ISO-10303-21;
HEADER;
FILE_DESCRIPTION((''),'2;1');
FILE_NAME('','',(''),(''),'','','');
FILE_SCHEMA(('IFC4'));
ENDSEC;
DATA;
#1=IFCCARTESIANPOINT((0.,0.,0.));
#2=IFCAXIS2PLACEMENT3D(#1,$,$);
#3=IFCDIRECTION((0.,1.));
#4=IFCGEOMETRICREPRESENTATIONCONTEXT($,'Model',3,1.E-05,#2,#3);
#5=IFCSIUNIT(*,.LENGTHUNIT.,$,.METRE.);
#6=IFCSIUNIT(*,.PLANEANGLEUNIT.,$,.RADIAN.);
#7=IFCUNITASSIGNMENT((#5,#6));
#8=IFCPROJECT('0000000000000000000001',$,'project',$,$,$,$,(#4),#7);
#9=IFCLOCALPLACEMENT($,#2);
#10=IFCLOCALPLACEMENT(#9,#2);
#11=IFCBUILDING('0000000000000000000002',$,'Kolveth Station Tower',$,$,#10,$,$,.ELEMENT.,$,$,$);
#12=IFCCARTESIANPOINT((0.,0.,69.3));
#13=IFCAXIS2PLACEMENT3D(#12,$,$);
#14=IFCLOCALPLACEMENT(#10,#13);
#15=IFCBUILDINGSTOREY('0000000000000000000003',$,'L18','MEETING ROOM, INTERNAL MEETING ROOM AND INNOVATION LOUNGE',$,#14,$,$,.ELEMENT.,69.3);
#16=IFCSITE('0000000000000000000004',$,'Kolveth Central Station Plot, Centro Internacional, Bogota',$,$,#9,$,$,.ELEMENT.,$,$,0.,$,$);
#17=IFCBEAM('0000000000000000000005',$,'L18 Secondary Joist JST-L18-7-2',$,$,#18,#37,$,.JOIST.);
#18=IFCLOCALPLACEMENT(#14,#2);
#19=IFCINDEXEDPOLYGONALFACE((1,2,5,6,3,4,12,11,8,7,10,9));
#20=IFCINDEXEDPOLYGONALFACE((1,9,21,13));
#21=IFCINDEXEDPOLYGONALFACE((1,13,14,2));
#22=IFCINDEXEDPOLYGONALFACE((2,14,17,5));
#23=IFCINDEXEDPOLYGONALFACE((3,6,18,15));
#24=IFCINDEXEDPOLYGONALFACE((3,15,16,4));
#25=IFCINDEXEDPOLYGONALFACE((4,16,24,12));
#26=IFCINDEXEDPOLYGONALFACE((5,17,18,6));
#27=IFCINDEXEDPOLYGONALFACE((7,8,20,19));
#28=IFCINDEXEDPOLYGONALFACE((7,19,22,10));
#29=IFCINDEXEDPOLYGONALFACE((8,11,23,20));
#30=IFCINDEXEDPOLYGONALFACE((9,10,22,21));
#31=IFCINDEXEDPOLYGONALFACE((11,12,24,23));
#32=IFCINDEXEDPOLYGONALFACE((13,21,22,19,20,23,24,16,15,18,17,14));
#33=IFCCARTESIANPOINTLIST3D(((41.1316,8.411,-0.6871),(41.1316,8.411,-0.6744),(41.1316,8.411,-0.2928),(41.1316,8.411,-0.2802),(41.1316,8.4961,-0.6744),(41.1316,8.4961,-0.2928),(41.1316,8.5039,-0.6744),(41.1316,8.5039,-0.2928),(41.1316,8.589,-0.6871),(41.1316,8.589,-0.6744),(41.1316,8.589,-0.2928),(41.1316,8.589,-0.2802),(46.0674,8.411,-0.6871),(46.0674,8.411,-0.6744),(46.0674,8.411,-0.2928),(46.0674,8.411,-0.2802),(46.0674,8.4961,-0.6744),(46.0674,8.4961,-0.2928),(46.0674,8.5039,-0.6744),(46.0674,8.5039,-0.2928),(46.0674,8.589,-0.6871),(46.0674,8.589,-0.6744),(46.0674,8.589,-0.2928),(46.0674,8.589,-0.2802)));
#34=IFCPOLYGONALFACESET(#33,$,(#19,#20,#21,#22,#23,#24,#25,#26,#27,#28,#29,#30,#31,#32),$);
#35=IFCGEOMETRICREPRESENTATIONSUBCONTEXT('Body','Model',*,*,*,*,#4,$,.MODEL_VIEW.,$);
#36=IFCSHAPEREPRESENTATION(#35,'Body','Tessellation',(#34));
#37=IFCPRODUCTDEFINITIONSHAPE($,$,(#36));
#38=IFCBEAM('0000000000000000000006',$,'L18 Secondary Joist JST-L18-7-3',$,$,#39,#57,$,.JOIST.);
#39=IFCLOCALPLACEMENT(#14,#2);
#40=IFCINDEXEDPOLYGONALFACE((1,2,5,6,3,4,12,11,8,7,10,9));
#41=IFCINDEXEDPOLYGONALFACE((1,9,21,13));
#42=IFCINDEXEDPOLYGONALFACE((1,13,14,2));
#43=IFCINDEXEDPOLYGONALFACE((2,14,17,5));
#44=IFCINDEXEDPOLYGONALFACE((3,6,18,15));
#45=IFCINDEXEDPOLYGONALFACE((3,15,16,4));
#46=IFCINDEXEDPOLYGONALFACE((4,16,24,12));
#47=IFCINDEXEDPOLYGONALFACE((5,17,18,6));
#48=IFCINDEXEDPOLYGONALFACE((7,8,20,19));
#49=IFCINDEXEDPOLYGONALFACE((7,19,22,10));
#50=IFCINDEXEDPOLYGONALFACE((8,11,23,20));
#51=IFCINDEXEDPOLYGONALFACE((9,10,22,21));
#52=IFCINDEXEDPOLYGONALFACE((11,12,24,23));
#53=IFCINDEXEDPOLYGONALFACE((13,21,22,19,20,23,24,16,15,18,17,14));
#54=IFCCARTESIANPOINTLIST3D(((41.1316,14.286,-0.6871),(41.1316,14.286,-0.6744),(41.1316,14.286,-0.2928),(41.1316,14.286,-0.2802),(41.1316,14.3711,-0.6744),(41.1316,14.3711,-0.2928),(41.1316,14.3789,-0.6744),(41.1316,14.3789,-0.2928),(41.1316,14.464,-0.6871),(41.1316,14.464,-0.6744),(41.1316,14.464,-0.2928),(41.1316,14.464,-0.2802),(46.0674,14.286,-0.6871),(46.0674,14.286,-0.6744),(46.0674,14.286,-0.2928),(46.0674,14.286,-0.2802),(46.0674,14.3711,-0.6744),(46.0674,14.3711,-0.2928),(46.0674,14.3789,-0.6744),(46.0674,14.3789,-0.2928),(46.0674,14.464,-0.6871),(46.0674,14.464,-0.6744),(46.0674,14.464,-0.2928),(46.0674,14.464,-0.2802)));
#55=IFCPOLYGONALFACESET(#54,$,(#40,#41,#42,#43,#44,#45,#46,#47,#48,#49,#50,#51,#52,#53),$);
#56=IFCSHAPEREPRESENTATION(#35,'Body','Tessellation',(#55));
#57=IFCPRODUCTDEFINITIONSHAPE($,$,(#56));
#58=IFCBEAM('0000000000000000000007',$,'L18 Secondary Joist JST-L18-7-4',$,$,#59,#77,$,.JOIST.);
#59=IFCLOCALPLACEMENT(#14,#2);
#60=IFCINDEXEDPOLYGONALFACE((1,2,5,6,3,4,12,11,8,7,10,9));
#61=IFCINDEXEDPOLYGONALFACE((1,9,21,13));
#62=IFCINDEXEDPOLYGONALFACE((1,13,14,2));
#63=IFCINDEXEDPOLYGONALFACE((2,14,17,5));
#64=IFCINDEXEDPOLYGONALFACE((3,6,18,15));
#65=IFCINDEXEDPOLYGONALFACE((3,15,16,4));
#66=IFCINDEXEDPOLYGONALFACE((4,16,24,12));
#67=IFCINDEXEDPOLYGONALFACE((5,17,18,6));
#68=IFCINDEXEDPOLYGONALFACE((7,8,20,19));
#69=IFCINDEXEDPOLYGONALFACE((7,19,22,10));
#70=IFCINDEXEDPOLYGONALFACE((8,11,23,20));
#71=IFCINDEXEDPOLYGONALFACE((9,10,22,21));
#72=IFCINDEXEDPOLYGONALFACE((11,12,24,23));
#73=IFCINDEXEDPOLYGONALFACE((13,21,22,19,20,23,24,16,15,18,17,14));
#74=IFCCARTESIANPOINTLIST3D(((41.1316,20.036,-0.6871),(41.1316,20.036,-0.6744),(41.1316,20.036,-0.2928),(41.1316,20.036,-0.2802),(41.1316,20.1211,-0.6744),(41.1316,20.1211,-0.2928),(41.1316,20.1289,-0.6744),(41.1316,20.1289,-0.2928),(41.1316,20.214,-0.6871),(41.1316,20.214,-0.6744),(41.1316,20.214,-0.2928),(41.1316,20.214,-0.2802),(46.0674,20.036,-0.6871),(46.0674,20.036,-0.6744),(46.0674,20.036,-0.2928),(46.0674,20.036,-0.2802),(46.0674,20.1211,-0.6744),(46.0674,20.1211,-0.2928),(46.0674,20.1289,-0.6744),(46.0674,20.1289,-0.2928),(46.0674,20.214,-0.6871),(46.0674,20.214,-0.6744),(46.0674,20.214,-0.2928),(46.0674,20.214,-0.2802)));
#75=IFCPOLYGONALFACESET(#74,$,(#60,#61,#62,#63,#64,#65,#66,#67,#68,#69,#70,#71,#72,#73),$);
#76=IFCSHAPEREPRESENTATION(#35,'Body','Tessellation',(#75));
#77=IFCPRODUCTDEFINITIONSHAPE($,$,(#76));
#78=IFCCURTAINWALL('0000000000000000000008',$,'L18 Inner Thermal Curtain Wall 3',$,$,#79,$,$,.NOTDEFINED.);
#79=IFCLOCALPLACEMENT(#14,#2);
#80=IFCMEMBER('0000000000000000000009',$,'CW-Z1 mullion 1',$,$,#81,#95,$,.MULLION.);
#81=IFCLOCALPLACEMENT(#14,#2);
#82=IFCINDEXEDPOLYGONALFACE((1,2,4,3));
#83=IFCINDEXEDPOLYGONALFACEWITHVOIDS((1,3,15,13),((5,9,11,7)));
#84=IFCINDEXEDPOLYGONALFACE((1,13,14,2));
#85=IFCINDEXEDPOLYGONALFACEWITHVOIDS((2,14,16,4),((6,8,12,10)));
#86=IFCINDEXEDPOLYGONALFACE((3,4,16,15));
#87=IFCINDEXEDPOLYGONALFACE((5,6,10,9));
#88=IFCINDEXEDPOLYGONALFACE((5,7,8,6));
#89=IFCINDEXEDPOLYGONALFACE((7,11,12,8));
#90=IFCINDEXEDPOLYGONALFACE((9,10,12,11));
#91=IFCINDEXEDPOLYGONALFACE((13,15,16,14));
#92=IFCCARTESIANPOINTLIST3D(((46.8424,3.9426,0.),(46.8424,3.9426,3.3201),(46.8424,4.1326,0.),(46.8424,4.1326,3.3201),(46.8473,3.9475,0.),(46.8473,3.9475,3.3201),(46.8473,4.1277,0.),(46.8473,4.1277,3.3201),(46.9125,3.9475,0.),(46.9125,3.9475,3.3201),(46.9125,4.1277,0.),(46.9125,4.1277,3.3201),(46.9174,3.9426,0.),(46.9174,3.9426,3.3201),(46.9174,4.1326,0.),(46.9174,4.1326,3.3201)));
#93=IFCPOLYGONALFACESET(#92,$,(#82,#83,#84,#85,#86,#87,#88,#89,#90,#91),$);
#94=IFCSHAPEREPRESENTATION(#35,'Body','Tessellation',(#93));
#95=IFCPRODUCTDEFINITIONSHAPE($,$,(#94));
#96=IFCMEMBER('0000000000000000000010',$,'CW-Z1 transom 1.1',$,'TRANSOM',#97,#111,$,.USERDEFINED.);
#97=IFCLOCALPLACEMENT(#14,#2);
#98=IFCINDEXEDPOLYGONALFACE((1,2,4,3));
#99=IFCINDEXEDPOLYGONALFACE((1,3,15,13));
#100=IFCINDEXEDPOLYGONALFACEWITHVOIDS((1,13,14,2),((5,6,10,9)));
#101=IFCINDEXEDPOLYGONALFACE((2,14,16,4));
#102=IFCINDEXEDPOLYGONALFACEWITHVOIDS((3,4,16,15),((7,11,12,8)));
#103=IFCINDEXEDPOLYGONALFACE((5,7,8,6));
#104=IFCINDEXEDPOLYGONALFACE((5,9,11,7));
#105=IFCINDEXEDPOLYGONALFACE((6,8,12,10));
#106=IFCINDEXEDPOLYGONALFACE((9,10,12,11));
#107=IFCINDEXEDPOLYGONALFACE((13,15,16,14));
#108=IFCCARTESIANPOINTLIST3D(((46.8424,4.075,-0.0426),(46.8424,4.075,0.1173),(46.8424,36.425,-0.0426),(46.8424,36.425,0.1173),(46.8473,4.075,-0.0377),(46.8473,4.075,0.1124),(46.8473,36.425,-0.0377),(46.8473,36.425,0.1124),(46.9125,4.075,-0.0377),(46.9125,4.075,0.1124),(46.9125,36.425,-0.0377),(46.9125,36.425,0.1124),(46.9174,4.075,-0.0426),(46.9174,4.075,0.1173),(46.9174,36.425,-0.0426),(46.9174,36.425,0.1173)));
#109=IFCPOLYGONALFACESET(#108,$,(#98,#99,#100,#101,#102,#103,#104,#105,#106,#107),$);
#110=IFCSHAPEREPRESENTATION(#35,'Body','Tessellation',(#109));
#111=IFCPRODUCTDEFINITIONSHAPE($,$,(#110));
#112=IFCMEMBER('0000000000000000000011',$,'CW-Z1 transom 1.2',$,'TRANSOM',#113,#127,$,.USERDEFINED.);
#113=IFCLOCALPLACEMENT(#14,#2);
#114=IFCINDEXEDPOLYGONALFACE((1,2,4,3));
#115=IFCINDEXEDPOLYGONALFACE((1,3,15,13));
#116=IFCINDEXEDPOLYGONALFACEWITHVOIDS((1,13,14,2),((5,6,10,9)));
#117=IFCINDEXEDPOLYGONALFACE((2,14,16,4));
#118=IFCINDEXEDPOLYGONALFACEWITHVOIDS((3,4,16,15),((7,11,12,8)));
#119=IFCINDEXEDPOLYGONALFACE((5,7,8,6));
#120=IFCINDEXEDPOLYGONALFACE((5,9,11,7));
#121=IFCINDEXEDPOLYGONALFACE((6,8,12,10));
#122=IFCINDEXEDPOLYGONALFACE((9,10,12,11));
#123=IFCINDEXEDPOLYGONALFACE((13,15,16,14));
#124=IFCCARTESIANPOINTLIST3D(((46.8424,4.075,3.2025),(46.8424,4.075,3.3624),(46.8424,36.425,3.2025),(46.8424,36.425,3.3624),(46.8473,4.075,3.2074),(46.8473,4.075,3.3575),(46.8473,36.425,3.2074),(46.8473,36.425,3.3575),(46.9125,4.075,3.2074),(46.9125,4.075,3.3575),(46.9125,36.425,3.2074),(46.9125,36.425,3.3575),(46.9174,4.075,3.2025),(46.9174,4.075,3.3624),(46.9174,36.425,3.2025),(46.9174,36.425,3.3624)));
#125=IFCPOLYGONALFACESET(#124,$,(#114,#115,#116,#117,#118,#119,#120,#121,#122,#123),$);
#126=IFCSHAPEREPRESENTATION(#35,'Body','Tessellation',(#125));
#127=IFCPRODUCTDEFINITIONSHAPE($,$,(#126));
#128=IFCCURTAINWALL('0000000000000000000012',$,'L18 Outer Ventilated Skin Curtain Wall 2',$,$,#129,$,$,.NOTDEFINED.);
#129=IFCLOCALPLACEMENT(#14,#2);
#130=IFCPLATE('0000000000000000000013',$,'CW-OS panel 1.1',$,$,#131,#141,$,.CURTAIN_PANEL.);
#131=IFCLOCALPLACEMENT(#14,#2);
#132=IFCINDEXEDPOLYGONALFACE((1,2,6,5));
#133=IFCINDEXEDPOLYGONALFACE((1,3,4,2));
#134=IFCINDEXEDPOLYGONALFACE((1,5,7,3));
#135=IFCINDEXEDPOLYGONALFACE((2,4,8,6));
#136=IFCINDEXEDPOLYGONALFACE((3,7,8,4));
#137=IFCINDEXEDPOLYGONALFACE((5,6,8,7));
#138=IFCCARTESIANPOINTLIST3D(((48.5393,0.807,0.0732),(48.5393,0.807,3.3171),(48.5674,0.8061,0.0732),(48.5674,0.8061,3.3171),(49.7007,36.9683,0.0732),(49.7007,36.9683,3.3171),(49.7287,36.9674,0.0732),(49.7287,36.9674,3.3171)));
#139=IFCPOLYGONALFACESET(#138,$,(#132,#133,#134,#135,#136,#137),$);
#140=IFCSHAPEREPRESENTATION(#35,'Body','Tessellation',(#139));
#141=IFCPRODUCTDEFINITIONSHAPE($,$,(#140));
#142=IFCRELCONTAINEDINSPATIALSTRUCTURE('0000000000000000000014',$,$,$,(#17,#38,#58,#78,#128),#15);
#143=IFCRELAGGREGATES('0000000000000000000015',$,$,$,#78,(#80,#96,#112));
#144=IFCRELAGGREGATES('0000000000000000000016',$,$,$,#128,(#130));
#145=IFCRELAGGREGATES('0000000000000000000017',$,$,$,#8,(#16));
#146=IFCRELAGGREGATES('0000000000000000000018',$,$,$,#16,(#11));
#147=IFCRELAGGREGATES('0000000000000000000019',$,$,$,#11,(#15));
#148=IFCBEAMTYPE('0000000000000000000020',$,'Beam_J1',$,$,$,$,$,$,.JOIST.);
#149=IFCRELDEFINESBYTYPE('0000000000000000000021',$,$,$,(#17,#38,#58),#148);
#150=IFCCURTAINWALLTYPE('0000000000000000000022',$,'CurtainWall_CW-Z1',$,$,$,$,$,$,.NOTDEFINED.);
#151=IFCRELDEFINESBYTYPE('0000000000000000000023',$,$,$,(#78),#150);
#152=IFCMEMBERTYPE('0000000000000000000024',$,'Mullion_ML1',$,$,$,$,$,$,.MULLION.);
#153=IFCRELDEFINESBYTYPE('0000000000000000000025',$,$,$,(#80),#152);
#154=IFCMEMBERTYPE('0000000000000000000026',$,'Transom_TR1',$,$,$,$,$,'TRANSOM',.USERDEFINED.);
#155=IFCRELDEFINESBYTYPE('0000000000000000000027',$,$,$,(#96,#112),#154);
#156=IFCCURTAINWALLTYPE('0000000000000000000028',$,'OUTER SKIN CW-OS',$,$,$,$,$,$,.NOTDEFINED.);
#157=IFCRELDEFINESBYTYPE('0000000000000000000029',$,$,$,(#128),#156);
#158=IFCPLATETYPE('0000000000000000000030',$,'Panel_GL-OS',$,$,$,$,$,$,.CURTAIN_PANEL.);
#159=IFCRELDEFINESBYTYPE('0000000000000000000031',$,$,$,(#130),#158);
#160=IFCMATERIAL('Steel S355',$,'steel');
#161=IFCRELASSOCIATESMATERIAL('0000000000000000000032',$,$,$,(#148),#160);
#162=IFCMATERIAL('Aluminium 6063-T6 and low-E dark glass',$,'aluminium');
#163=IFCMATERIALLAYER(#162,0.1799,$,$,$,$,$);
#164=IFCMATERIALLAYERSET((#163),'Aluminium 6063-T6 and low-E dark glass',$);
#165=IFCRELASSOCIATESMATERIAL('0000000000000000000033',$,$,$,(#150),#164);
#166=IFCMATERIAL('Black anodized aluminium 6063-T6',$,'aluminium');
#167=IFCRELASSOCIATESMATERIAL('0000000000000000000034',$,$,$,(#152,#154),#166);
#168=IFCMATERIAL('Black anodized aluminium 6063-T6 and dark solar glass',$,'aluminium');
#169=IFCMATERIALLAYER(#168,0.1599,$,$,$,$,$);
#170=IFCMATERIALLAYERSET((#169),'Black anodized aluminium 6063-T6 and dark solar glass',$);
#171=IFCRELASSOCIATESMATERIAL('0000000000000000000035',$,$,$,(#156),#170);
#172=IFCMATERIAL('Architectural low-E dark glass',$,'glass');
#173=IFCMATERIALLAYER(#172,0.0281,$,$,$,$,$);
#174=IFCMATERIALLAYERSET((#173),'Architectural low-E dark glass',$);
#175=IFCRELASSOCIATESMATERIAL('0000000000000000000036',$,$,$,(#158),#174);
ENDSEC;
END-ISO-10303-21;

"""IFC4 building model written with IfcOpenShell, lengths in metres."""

from ifc_helpers import new_model, si_unit, direction, frame, origin, origin_2d, place, context, subcontext, project, spatial, rectangle, hollow_rectangle, i_section, extrude, source, transform, mapped, material, layer, layer_set, material_profile, profile_set, type_object, element, aggregate, save


model = new_model("IFC4")

# Units and contexts
model_context = context("Model", 3, precision=1e-05, world=origin(), true_north=direction((0.0, 1.0)))
body_context = subcontext(model_context, "Body", "Model", "MODEL_VIEW")
ifc_project = project(units=[si_unit("LENGTHUNIT", "METRE"), si_unit("PLANEANGLEUNIT", "RADIAN")], contexts=[model_context])

# Site, building, storey
site_placement = place(None, origin())
site = spatial("IfcSite", under=ifc_project, at=site_placement, Name="Kolveth Central Station Plot, Centro Internacional, Bogota", CompositionType="ELEMENT", RefElevation=0.0)
building_placement = place(site_placement, origin())
building = spatial("IfcBuilding", under=site, at=building_placement, Name="Kolveth Station Tower", CompositionType="ELEMENT")
storey_placement = place(building_placement, frame((0.0, 0.0, 69.3)))
storey = spatial("IfcBuildingStorey", under=building, at=storey_placement, Name="L18", Description="MEETING ROOM, INTERNAL MEETING ROOM AND INNOVATION LOUNGE", CompositionType="ELEMENT", Elevation=69.3)

# Shared definitions
ifc_material_1 = material(Name="Steel S355", Category="steel")

# Beams
ifc_material_profile_1 = material_profile(ifc_material_1, i_section(OverallWidth=0.178, OverallDepth=0.407, WebThickness=0.0078, FlangeThickness=0.0127, at=origin_2d()), Name="W410x60")
ifc_profile_set_1 = profile_set([ifc_material_profile_1], Name="Steel S355")
beam_type_1 = type_object("IfcBeamType", Name="Beam_J1", PredefinedType="JOIST", material=ifc_profile_set_1)
shared_shape_1 = source(origin(), body_context, "Body", "SweptSolid", [
    extrude(i_section(OverallWidth=0.178, OverallDepth=0.407, WebThickness=0.0078, FlangeThickness=0.0127, at=origin_2d()), origin(), (0.0, 0.0, 1.0), 4.9358),
])
for number, where, z_axis, x_axis, name in (
    (1, (41.1316, 8.5, -0.4836), (1.0, 0.0, 0.0), (0.0, 1.0, 0.0), "L18 Secondary Joist JST-L18-7-2"),
    (2, (41.1316, 14.375, -0.4836), (1.0, 0.0, 0.0), (0.0, 1.0, 0.0), "L18 Secondary Joist JST-L18-7-3"),
    (3, (41.1316, 20.125, -0.4836), (1.0, 0.0, 0.0), (0.0, 1.0, 0.0), "L18 Secondary Joist JST-L18-7-4"),
):
    element("IfcBeam", number, at=place(storey_placement, frame(where, z_axis=z_axis, x_axis=x_axis)), inside=storey, type_object=beam_type_1, Name=name, PredefinedType="JOIST", context=body_context, shape_type="MappedRepresentation", body=[
        mapped(shared_shape_1, transform((0.0, 0.0, 0.0), x_axis=(1.0, 0.0, 0.0), y_axis=(0.0, 1.0, 0.0), z_axis=(0.0, 0.0, 1.0), scale=1.0)),
    ])

# Curtain wall, members
ifc_material_2 = material(Name="Aluminium 6063-T6 and low-E dark glass", Category="aluminium")
ifc_layer_1 = layer(ifc_material_2, 0.1799)
ifc_layer_set_1 = layer_set([ifc_layer_1], Name="Aluminium 6063-T6 and low-E dark glass")
curtain_wall_type_1 = type_object("IfcCurtainWallType", Name="CurtainWall_CW-Z1", PredefinedType="NOTDEFINED", material=ifc_layer_set_1)
curtain_wall_1_placement = place(storey_placement, origin())
curtain_wall_1 = element("IfcCurtainWall", 4, at=curtain_wall_1_placement, inside=storey, type_object=curtain_wall_type_1, Name="L18 Inner Thermal Curtain Wall 3", PredefinedType="NOTDEFINED")
ifc_material_3 = material(Name="Black anodized aluminium 6063-T6", Category="aluminium")
ifc_material_profile_2 = material_profile(ifc_material_3, hollow_rectangle(XDim=0.075, YDim=0.1899, WallThickness=0.0049, at=origin_2d()), Name="ALU-75x190x5")
ifc_profile_set_2 = profile_set([ifc_material_profile_2], Name="Black anodized aluminium 6063-T6")
member_type_1 = type_object("IfcMemberType", Name="Mullion_ML1", PredefinedType="MULLION", material=ifc_profile_set_2)
shared_shape_2 = source(origin(), body_context, "Body", "SweptSolid", [
    extrude(hollow_rectangle(XDim=0.075, YDim=0.1899, WallThickness=0.0049, at=origin_2d()), origin(), (0.0, 0.0, 1.0), 3.3201),
])
member_1_placement = place(storey_placement, frame((46.8799, 4.0376, 0.0), z_axis=(0.0, 0.0, 1.0), x_axis=(-1.0, 0.0, 0.0)))
member_1 = element("IfcMember", 5, at=member_1_placement, type_object=member_type_1, Name="CW-Z1 mullion 1", PredefinedType="MULLION", context=body_context, shape_type="MappedRepresentation", body=[
    mapped(shared_shape_2, transform((0.0, 0.0, 0.0), x_axis=(1.0, 0.0, 0.0), y_axis=(0.0, 1.0, 0.0), z_axis=(0.0, 0.0, 1.0), scale=1.0)),
])
ifc_material_profile_3 = material_profile(ifc_material_3, hollow_rectangle(XDim=0.075, YDim=0.1599, WallThickness=0.0049, at=origin_2d()), Name="ALU-75x160x5")
ifc_profile_set_3 = profile_set([ifc_material_profile_3], Name="Black anodized aluminium 6063-T6")
member_type_2 = type_object("IfcMemberType", Name="Transom_TR1", ElementType="TRANSOM", PredefinedType="USERDEFINED", material=ifc_profile_set_3)
shared_shape_3 = source(origin(), body_context, "Body", "SweptSolid", [
    extrude(hollow_rectangle(XDim=0.075, YDim=0.1599, WallThickness=0.0049, at=origin_2d()), origin(), (0.0, 0.0, 1.0), 32.3501),
])
member_2_placement = place(storey_placement, frame((46.8799, 4.075, 0.0374), z_axis=(0.0, 1.0, 0.0), x_axis=(-1.0, 0.0, 0.0)))
member_2 = element("IfcMember", 6, at=member_2_placement, type_object=member_type_2, Name="CW-Z1 transom 1.1", ObjectType="TRANSOM", PredefinedType="USERDEFINED", context=body_context, shape_type="MappedRepresentation", body=[
    mapped(shared_shape_3, transform((0.0, 0.0, 0.0), x_axis=(1.0, 0.0, 0.0), y_axis=(0.0, 1.0, 0.0), z_axis=(0.0, 0.0, 1.0), scale=1.0)),
])
member_3_placement = place(storey_placement, frame((46.8799, 4.075, 3.2825), z_axis=(0.0, 1.0, 0.0), x_axis=(-1.0, 0.0, 0.0)))
member_3 = element("IfcMember", 7, at=member_3_placement, type_object=member_type_2, Name="CW-Z1 transom 1.2", ObjectType="TRANSOM", PredefinedType="USERDEFINED", context=body_context, shape_type="MappedRepresentation", body=[
    mapped(shared_shape_3, transform((0.0, 0.0, 0.0), x_axis=(1.0, 0.0, 0.0), y_axis=(0.0, 1.0, 0.0), z_axis=(0.0, 0.0, 1.0), scale=1.0)),
])
aggregate(curtain_wall_1, [member_1, member_2, member_3])

# Curtain wall, plate
ifc_material_4 = material(Name="Black anodized aluminium 6063-T6 and dark solar glass", Category="aluminium")
ifc_layer_2 = layer(ifc_material_4, 0.1599)
ifc_layer_set_2 = layer_set([ifc_layer_2], Name="Black anodized aluminium 6063-T6 and dark solar glass")
curtain_wall_type_2 = type_object("IfcCurtainWallType", Name="OUTER SKIN CW-OS", PredefinedType="NOTDEFINED", material=ifc_layer_set_2)
curtain_wall_2_placement = place(storey_placement, origin())
curtain_wall_2 = element("IfcCurtainWall", 8, at=curtain_wall_2_placement, inside=storey, type_object=curtain_wall_type_2, Name="L18 Outer Ventilated Skin Curtain Wall 2", PredefinedType="NOTDEFINED")
ifc_material_5 = material(Name="Architectural low-E dark glass", Category="glass")
ifc_layer_3 = layer(ifc_material_5, 0.0281)
ifc_layer_set_3 = layer_set([ifc_layer_3], Name="Architectural low-E dark glass")
plate_type = type_object("IfcPlateType", Name="Panel_GL-OS", PredefinedType="CURTAIN_PANEL", material=ifc_layer_set_3)
shared_shape_4 = source(origin(), body_context, "Body", "SweptSolid", [
    extrude(rectangle(XDim=36.1799, YDim=0.0281, at=origin_2d()), origin(), (0.0, 0.0, 1.0), 3.2439),
])
plate_placement = place(storey_placement, frame((49.134, 18.8872, 0.0732), z_axis=(0.0, 0.0, 1.0), x_axis=(0.0321, 0.999485, 0.0)))
plate = element("IfcPlate", 9, at=plate_placement, type_object=plate_type, Name="CW-OS panel 1.1", PredefinedType="CURTAIN_PANEL", context=body_context, shape_type="MappedRepresentation", body=[
    mapped(shared_shape_4, transform((0.0, 0.0, 0.0), x_axis=(1.0, 0.0, 0.0), y_axis=(0.0, 1.0, 0.0), z_axis=(0.0, 0.0, 1.0), scale=1.0)),
])
aggregate(curtain_wall_2, [plate])

save(model, "model.ifc")
